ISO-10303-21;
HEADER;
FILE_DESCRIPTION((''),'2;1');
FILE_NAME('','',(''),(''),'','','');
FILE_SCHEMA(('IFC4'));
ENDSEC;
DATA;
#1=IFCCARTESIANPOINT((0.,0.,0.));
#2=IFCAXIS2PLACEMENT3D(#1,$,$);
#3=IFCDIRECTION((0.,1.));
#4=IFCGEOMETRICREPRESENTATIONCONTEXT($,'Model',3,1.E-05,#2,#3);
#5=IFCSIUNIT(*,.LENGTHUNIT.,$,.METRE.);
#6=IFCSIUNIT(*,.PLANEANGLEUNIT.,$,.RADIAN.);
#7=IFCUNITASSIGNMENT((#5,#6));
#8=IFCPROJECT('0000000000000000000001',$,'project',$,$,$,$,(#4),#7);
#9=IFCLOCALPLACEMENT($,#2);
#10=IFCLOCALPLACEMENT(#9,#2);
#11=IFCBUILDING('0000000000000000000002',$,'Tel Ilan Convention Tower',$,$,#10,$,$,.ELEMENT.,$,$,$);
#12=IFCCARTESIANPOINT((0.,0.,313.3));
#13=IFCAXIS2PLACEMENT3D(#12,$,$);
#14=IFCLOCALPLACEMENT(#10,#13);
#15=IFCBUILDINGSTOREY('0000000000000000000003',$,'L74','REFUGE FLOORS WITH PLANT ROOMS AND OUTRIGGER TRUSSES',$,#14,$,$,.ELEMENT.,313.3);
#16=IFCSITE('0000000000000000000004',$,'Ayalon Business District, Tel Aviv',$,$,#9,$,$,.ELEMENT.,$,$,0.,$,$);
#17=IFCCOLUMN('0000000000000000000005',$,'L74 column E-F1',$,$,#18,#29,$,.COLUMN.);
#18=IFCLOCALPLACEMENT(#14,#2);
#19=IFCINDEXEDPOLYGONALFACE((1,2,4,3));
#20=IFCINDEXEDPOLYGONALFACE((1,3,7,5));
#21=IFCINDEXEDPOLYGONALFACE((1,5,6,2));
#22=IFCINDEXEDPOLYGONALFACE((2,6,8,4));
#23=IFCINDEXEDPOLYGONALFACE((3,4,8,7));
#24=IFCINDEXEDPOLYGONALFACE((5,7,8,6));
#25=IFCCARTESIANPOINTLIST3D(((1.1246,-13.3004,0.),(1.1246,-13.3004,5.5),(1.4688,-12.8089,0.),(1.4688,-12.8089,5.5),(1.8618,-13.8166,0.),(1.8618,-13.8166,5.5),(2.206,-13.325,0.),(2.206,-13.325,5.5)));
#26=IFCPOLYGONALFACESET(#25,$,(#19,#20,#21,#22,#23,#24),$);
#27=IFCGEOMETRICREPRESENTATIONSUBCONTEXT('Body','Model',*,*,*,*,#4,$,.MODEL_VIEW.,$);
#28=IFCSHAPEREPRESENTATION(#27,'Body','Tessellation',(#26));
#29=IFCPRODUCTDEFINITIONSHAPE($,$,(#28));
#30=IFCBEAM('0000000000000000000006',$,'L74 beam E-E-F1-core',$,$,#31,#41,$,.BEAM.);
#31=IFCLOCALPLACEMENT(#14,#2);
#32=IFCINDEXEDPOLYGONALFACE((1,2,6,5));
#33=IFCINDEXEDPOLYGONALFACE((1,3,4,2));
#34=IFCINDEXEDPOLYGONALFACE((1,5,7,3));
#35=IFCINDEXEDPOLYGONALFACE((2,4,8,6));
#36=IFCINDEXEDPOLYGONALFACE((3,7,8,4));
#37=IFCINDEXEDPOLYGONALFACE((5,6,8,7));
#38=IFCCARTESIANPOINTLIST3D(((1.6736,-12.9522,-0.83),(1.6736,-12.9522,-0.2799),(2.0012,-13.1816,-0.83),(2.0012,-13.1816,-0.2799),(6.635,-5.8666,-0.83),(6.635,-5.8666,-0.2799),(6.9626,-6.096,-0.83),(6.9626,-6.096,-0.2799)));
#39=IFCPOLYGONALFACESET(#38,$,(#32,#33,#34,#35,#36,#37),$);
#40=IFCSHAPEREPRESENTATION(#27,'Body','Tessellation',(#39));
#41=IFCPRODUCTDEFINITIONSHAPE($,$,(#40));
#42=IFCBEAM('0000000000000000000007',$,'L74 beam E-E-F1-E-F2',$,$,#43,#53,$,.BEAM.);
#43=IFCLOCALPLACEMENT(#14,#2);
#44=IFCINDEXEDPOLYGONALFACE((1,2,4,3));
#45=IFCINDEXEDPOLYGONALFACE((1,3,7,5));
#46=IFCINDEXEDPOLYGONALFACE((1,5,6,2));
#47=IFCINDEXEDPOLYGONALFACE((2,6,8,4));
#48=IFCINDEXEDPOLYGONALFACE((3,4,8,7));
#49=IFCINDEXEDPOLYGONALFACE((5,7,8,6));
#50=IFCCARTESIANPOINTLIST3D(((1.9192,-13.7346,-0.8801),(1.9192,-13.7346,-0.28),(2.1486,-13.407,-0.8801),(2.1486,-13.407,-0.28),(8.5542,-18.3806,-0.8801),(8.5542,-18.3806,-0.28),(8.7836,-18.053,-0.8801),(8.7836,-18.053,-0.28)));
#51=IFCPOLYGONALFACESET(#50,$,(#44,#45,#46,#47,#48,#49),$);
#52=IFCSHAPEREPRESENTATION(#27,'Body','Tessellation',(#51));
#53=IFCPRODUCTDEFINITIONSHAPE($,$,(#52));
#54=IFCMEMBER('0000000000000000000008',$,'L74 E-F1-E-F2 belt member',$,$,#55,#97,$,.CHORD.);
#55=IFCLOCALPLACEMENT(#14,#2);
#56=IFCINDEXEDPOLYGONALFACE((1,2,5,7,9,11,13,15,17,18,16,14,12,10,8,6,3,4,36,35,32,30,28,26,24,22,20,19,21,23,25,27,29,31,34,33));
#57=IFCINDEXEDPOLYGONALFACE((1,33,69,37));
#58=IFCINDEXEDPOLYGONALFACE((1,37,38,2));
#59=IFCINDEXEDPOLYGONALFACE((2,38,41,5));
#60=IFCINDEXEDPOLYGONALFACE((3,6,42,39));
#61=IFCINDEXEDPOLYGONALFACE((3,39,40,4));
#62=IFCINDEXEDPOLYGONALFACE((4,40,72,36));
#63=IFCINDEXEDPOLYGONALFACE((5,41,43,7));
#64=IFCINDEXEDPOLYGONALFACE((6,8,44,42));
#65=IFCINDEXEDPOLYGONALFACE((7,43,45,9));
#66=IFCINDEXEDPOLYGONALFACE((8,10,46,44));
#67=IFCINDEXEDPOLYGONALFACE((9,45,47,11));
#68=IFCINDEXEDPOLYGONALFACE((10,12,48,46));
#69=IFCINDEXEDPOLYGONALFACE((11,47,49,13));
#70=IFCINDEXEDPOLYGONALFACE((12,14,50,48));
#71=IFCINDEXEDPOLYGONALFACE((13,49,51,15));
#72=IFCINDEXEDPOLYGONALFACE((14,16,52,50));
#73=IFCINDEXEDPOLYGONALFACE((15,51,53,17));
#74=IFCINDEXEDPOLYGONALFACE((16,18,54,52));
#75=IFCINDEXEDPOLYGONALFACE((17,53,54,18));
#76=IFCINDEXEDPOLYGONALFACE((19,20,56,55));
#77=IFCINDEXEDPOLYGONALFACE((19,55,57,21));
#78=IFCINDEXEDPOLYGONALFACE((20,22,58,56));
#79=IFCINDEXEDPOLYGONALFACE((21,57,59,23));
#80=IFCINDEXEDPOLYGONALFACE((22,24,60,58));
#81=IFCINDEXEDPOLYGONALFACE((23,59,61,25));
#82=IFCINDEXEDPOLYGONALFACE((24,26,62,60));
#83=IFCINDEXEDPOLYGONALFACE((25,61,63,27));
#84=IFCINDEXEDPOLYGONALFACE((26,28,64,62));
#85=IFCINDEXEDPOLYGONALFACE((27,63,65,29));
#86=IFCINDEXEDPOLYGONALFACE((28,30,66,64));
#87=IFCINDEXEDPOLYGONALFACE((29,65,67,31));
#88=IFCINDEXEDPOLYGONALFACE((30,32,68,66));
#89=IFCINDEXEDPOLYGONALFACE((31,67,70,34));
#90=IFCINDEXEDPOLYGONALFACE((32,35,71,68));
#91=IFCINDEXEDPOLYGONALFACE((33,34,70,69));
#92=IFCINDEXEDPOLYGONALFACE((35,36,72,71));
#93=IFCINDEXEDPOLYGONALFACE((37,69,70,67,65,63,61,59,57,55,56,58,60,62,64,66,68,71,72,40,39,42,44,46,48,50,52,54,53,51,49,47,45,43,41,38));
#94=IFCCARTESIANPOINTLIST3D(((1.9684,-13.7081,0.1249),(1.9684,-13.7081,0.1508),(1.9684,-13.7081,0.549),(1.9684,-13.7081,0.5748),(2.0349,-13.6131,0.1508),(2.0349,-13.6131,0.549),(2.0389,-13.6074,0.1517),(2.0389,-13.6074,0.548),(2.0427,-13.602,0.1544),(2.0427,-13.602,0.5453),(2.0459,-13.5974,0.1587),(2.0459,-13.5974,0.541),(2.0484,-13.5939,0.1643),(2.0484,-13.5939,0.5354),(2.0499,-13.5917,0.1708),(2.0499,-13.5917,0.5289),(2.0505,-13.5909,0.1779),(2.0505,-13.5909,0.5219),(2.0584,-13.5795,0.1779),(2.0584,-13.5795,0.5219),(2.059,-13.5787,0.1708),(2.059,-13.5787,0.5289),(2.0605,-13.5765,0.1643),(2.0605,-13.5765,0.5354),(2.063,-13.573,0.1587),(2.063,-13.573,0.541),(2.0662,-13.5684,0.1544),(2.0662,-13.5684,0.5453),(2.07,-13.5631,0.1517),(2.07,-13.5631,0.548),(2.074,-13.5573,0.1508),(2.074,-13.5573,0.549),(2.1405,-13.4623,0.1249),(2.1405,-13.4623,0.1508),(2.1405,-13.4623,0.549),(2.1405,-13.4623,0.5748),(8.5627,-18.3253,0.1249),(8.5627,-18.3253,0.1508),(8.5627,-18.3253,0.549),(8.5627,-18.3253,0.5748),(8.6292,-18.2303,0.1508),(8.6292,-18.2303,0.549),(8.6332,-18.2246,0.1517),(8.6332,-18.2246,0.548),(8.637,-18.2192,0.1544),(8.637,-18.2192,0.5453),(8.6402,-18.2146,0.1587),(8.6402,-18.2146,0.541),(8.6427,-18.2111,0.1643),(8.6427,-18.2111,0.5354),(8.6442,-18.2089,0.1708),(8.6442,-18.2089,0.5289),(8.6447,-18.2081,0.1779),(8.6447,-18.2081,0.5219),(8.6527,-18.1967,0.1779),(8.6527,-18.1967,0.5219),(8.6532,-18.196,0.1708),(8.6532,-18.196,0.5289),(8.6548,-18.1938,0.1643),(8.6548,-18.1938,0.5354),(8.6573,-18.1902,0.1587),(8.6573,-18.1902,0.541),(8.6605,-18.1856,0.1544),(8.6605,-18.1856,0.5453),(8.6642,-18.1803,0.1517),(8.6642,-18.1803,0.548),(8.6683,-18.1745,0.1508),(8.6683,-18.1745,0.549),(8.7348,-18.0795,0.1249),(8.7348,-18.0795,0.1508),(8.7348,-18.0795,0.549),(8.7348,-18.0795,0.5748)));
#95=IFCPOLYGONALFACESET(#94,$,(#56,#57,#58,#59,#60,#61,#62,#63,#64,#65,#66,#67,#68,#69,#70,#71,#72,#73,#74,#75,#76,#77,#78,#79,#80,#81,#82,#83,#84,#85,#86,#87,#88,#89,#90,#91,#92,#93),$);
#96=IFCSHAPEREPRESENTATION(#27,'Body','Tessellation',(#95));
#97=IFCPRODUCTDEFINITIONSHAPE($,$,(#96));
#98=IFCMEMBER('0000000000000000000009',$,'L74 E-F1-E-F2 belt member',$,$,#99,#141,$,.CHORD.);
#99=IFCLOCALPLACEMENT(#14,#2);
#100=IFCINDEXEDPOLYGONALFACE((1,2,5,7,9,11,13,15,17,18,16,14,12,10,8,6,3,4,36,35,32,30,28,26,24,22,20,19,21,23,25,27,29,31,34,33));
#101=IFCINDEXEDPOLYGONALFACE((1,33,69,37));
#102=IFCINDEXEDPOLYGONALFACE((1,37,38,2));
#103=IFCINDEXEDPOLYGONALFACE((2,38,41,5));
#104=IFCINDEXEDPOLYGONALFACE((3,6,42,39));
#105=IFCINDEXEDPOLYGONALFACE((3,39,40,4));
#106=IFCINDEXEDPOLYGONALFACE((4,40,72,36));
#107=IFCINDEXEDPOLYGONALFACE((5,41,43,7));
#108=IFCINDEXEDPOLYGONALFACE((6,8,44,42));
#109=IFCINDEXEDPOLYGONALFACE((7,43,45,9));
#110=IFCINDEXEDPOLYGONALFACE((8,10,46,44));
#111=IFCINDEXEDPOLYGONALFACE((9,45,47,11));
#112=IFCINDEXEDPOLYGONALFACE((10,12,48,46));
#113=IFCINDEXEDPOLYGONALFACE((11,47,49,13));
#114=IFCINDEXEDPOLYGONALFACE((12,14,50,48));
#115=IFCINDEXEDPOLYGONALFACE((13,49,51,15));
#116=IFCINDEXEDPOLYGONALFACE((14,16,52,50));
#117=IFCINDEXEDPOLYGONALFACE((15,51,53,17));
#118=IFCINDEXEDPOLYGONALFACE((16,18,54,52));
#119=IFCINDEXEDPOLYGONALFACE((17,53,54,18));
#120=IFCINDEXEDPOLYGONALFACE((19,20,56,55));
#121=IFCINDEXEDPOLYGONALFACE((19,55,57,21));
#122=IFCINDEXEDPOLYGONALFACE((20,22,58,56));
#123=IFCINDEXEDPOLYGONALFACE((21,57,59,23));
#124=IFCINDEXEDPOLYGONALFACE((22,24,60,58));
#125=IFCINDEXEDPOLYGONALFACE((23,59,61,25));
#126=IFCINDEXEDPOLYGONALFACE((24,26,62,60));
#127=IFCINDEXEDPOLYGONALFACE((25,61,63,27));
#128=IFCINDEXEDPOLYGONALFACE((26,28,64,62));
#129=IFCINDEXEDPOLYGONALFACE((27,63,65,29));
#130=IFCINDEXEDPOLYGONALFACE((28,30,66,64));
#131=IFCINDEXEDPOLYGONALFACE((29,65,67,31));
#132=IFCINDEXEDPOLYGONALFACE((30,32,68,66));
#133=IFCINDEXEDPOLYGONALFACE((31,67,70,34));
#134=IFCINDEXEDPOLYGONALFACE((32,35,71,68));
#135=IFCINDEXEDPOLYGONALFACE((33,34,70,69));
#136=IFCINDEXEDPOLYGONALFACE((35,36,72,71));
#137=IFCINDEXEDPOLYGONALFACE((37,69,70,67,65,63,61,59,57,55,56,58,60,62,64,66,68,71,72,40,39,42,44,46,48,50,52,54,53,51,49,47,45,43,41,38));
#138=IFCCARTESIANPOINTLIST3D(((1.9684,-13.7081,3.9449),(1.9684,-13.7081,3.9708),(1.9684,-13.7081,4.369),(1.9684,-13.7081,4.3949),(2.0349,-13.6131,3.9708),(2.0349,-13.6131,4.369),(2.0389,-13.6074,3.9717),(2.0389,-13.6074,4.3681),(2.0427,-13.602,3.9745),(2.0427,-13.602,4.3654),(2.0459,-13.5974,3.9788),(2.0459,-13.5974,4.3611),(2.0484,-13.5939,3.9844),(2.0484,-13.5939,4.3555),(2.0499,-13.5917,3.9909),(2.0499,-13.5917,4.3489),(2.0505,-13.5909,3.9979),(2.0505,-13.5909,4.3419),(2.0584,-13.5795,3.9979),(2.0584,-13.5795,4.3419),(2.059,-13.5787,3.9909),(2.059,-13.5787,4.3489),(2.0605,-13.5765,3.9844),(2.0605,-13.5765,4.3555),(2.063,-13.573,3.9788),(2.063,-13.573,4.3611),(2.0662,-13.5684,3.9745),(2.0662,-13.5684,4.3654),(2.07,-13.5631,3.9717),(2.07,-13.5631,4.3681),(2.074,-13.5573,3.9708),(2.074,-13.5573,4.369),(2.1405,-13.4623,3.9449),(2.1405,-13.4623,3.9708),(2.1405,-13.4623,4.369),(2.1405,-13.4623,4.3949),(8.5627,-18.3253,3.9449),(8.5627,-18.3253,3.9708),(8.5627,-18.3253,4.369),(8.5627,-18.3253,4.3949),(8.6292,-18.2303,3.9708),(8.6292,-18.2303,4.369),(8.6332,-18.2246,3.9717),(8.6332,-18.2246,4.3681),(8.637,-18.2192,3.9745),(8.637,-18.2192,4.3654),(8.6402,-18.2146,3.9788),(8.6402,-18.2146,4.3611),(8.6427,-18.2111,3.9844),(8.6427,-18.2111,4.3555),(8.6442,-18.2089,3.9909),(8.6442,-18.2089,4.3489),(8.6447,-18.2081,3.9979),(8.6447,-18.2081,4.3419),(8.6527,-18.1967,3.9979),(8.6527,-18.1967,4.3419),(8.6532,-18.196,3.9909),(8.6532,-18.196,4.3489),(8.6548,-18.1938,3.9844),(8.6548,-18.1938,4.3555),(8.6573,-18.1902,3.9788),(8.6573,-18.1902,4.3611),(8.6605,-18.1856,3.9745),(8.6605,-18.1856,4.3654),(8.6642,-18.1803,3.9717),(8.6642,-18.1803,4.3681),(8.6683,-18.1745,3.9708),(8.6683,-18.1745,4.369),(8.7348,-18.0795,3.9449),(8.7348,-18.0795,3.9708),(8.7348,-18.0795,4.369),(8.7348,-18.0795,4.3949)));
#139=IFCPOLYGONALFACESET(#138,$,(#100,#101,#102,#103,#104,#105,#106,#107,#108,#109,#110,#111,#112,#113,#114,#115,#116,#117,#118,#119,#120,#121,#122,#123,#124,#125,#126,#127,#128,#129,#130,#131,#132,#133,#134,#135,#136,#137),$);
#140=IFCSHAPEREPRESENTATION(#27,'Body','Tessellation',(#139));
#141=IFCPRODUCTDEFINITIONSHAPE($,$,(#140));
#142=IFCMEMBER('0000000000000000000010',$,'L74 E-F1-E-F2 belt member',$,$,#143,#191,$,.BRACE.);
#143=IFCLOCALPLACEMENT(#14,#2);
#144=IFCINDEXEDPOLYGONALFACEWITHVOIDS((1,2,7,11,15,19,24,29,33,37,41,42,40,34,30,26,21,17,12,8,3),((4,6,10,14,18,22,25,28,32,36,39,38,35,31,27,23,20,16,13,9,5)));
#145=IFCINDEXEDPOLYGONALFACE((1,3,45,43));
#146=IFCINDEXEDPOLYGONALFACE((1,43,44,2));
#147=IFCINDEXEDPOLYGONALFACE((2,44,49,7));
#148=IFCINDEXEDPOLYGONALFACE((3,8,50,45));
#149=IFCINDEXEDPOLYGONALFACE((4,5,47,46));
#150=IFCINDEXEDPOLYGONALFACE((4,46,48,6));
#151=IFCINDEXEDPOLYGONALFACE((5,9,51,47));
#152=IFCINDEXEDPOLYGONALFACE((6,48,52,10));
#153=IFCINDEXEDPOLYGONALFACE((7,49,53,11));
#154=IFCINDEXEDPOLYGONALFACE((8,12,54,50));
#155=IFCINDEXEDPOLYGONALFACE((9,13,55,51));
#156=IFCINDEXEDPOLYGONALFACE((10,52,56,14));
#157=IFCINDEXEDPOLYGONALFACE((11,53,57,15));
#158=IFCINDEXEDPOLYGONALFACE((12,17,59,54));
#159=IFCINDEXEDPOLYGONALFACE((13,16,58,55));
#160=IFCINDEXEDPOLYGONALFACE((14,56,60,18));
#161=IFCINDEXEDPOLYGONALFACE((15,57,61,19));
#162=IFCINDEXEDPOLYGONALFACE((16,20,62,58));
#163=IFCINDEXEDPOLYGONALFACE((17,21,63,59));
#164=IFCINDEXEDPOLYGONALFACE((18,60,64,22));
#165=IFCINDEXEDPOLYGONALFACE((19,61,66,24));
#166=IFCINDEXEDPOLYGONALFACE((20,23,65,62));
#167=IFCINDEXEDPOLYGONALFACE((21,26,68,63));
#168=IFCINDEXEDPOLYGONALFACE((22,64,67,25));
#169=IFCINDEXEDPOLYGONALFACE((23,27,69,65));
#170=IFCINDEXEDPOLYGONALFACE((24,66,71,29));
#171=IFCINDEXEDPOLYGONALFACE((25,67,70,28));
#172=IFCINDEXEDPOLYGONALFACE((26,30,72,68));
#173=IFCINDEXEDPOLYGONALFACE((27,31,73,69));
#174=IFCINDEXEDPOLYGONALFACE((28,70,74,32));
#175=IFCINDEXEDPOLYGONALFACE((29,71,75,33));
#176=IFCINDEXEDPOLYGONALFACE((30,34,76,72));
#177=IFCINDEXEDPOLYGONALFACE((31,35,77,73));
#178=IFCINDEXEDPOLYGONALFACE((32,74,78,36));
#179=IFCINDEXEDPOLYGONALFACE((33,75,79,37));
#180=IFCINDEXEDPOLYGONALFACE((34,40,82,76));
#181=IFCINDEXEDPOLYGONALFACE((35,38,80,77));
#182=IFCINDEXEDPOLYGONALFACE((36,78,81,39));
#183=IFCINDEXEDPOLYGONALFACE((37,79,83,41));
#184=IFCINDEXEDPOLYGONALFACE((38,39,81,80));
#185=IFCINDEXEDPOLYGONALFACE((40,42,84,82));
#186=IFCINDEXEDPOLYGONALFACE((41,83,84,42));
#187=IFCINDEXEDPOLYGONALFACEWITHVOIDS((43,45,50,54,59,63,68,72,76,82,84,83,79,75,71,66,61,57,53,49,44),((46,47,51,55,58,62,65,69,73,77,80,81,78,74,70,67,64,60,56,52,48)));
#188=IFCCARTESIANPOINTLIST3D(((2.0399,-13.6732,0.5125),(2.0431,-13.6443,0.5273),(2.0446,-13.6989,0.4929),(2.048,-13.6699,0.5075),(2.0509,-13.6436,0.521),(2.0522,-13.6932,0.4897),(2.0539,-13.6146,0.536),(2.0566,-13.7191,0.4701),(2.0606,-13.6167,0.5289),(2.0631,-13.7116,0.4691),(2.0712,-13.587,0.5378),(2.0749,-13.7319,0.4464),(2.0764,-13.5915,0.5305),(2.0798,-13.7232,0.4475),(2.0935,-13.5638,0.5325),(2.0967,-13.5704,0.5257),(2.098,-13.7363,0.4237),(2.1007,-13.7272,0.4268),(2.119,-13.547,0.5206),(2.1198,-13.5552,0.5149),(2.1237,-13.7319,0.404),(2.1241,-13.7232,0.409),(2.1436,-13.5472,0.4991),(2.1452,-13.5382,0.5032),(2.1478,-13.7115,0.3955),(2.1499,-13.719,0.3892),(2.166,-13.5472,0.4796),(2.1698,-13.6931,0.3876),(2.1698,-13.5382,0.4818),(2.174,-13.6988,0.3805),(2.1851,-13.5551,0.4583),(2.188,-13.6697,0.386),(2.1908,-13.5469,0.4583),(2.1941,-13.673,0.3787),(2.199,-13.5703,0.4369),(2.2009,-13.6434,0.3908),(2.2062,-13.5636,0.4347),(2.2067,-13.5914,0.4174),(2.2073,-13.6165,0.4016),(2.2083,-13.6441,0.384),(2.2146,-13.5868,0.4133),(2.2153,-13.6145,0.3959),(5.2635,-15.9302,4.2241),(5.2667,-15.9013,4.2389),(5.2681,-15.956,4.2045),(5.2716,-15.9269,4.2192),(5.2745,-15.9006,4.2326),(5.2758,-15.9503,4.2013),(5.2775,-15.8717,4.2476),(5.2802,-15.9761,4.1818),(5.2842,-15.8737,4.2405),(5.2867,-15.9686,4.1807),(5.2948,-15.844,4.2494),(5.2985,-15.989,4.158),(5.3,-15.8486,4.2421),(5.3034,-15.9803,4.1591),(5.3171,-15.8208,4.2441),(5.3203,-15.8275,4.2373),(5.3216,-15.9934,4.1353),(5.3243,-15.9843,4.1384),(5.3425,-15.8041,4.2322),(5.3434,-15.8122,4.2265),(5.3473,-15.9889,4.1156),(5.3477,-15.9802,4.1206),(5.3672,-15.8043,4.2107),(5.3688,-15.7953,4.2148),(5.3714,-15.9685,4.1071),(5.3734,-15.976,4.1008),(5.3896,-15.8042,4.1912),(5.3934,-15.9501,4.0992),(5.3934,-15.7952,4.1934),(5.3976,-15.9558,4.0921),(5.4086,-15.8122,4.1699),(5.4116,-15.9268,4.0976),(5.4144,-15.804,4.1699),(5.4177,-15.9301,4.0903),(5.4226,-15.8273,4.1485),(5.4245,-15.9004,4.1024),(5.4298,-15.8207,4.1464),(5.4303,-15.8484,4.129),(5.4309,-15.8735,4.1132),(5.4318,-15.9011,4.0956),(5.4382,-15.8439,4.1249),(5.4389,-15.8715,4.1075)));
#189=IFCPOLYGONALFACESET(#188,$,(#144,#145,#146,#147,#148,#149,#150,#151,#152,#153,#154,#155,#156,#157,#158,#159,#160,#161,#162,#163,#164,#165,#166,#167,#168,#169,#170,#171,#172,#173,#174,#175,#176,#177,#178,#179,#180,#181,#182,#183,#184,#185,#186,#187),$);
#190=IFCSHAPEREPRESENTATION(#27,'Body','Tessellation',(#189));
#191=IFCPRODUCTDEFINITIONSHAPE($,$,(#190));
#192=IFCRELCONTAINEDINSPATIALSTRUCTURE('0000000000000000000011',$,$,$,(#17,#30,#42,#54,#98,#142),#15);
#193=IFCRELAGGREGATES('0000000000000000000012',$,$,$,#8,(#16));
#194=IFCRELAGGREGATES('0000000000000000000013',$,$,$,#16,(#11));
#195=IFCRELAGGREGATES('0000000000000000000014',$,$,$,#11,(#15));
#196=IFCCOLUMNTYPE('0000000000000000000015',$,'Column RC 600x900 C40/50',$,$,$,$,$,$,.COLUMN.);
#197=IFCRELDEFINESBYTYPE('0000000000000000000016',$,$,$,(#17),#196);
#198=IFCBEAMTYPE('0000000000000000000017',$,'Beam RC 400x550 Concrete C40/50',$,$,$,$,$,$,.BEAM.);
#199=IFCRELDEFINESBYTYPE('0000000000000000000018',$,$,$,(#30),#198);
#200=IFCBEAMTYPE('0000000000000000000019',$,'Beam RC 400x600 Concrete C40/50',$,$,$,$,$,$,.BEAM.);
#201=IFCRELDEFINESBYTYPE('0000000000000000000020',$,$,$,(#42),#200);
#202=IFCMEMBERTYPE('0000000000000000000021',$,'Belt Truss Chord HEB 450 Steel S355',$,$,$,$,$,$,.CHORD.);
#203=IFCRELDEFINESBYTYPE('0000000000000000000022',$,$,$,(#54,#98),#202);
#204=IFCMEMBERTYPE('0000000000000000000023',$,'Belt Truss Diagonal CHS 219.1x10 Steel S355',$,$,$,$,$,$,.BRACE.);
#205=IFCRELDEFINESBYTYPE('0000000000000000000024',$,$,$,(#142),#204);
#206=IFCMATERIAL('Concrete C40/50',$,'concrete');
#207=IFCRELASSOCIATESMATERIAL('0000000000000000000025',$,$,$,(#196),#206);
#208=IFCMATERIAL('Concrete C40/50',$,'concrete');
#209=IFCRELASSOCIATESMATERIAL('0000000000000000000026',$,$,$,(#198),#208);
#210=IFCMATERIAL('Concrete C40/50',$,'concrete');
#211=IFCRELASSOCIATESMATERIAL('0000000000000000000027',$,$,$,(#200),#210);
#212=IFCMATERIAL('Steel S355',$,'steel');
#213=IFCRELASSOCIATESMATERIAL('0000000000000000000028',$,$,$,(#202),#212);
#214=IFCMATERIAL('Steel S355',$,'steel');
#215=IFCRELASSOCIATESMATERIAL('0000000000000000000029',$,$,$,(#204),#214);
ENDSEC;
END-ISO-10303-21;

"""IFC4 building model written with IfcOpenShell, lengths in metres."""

from ifc_helpers import new_model, si_unit, direction, frame, origin, origin_2d, place, context, subcontext, project, spatial, rectangle, hollow_circle, i_section, extrude, material, material_profile, profile_set, type_object, element, save


model = new_model("IFC4")

# Units and contexts
model_context = context("Model", 3, precision=1e-05, world=origin(), true_north=direction((0.0, 1.0)))
body_context = subcontext(model_context, "Body", "Model", "MODEL_VIEW")
ifc_project = project(units=[si_unit("LENGTHUNIT", "METRE"), si_unit("PLANEANGLEUNIT", "RADIAN")], contexts=[model_context])

# Site, building, storey
site_placement = place(None, origin())
site = spatial("IfcSite", under=ifc_project, at=site_placement, Name="Ayalon Business District, Tel Aviv", CompositionType="ELEMENT", RefElevation=0.0)
building_placement = place(site_placement, origin())
building = spatial("IfcBuilding", under=site, at=building_placement, Name="Tel Ilan Convention Tower", CompositionType="ELEMENT")
storey_placement = place(building_placement, frame((0.0, 0.0, 313.3)))
storey = spatial("IfcBuildingStorey", under=building, at=storey_placement, Name="L74", Description="REFUGE FLOORS WITH PLANT ROOMS AND OUTRIGGER TRUSSES", CompositionType="ELEMENT", Elevation=313.3)

# Column
ifc_material_1 = material(Name="Concrete C40/50", Category="concrete")
ifc_material_profile_1 = material_profile(ifc_material_1, rectangle(XDim=0.8999, YDim=0.6001, at=origin_2d()), Name="RC 600x900")
ifc_profile_set_1 = profile_set([ifc_material_profile_1], Name="Concrete C40/50")
column_type = type_object("IfcColumnType", Name="Column RC 600x900 C40/50", PredefinedType="COLUMN", material=ifc_profile_set_1)
column_placement = place(storey_placement, frame((1.6653, -13.3127, 0.0), z_axis=(0.0, 0.0, 1.0), x_axis=(0.819152, -0.573576, 0.0)))
element("IfcColumn", 1, at=column_placement, inside=storey, type_object=column_type, Name="L74 column E-F1", PredefinedType="COLUMN", context=body_context, shape_type="SweptSolid", body=[
    extrude(rectangle(XDim=0.8999, YDim=0.6001, at=origin_2d()), origin(), (0.0, 0.0, 1.0), 5.5),
])

# Beams
ifc_material_2 = material(Name="Concrete C40/50", Category="concrete")
ifc_material_profile_2 = material_profile(ifc_material_2, rectangle(XDim=0.3999, YDim=0.55, at=origin_2d()), Name="RC 400x550")
ifc_profile_set_2 = profile_set([ifc_material_profile_2], Name="Concrete C40/50")
beam_type_1 = type_object("IfcBeamType", Name="Beam RC 400x550 Concrete C40/50", PredefinedType="BEAM", material=ifc_profile_set_2)
beam_1_placement = place(storey_placement, frame((1.8374, -13.0669, -0.5549), z_axis=(0.573574, 0.819154, 0.0), x_axis=(-0.819154, 0.573574, 0.0)))
element("IfcBeam", 2, at=beam_1_placement, inside=storey, type_object=beam_type_1, Name="L74 beam E-E-F1-core", PredefinedType="BEAM", context=body_context, shape_type="SweptSolid", body=[
    extrude(rectangle(XDim=0.3999, YDim=0.55, at=origin_2d()), origin(), (0.0, 0.0, 1.0), 8.6499),
])
ifc_material_3 = material(Name="Concrete C40/50", Category="concrete")
ifc_material_profile_3 = material_profile(ifc_material_3, rectangle(XDim=0.3999, YDim=0.6001, at=origin_2d()), Name="RC 400x600")
ifc_profile_set_3 = profile_set([ifc_material_profile_3], Name="Concrete C40/50")
beam_type_2 = type_object("IfcBeamType", Name="Beam RC 400x600 Concrete C40/50", PredefinedType="BEAM", material=ifc_profile_set_3)
beam_2_placement = place(storey_placement, frame((2.0339, -13.5708, -0.5801), z_axis=(0.819146, -0.573586, 0.0), x_axis=(0.573586, 0.819146, 0.0)))
element("IfcBeam", 3, at=beam_2_placement, inside=storey, type_object=beam_type_2, Name="L74 beam E-E-F1-E-F2", PredefinedType="BEAM", context=body_context, shape_type="SweptSolid", body=[
    extrude(rectangle(XDim=0.3999, YDim=0.6001, at=origin_2d()), origin(), (0.0, 0.0, 1.0), 8.0999),
])

# Members
ifc_material_4 = material(Name="Steel S355", Category="steel")
ifc_material_profile_4 = material_profile(ifc_material_4, i_section(OverallWidth=0.3, OverallDepth=0.45, WebThickness=0.0139, FlangeThickness=0.0259, FilletRadius=0.0271, at=origin_2d()), Name="HEB 450")
ifc_profile_set_4 = profile_set([ifc_material_profile_4], Name="Steel S355")
member_type_1 = type_object("IfcMemberType", Name="Belt Truss Chord HEB 450 Steel S355", PredefinedType="CHORD", material=ifc_profile_set_4)
for number, where, z_axis, x_axis, name in (
    (4, (2.0544, -13.5852, 0.3499), (0.819161, -0.573564, 0.0), (0.573564, 0.819161, 0.0), "L74 E-F1-E-F2 belt member"),
    (5, (2.0544, -13.5852, 4.1699), (0.819161, -0.573564, 0.0), (0.573564, 0.819161, 0.0), "L74 E-F1-E-F2 belt member"),
):
    element("IfcMember", number, at=place(storey_placement, frame(where, z_axis=z_axis, x_axis=x_axis)), inside=storey, type_object=member_type_1, Name=name, PredefinedType="CHORD", context=body_context, shape_type="SweptSolid", body=[
        extrude(i_section(OverallWidth=0.3, OverallDepth=0.45, WebThickness=0.0139, FlangeThickness=0.0259, FilletRadius=0.0271, at=origin_2d()), origin(), (0.0, 0.0, 1.0), 8.05),
    ])
ifc_material_5 = material(Name="Steel S355", Category="steel")
ifc_material_profile_5 = material_profile(ifc_material_5, hollow_circle(Radius=0.1096, WallThickness=0.01, at=origin_2d()), Name="CHS 219.1x10")
ifc_profile_set_5 = profile_set([ifc_material_profile_5], Name="Steel S355")
member_type_2 = type_object("IfcMemberType", Name="Belt Truss Diagonal CHS 219.1x10 Steel S355", PredefinedType="BRACE", material=ifc_profile_set_5)
member_1_placement = place(storey_placement, frame((2.1279, -13.6367, 0.4583), z_axis=(0.59592, -0.417244, 0.686139), x_axis=(0.573554, 0.819168, 0.0)))
element("IfcMember", 6, at=member_1_placement, inside=storey, type_object=member_type_2, Name="L74 E-F1-E-F2 belt member", PredefinedType="BRACE", context=body_context, shape_type="SweptSolid", body=[
    extrude(hollow_circle(Radius=0.1096, WallThickness=0.01, at=origin_2d()), origin(), (0.0, 0.0, 1.0), 5.4094),
])

save(model, "model.ifc")
